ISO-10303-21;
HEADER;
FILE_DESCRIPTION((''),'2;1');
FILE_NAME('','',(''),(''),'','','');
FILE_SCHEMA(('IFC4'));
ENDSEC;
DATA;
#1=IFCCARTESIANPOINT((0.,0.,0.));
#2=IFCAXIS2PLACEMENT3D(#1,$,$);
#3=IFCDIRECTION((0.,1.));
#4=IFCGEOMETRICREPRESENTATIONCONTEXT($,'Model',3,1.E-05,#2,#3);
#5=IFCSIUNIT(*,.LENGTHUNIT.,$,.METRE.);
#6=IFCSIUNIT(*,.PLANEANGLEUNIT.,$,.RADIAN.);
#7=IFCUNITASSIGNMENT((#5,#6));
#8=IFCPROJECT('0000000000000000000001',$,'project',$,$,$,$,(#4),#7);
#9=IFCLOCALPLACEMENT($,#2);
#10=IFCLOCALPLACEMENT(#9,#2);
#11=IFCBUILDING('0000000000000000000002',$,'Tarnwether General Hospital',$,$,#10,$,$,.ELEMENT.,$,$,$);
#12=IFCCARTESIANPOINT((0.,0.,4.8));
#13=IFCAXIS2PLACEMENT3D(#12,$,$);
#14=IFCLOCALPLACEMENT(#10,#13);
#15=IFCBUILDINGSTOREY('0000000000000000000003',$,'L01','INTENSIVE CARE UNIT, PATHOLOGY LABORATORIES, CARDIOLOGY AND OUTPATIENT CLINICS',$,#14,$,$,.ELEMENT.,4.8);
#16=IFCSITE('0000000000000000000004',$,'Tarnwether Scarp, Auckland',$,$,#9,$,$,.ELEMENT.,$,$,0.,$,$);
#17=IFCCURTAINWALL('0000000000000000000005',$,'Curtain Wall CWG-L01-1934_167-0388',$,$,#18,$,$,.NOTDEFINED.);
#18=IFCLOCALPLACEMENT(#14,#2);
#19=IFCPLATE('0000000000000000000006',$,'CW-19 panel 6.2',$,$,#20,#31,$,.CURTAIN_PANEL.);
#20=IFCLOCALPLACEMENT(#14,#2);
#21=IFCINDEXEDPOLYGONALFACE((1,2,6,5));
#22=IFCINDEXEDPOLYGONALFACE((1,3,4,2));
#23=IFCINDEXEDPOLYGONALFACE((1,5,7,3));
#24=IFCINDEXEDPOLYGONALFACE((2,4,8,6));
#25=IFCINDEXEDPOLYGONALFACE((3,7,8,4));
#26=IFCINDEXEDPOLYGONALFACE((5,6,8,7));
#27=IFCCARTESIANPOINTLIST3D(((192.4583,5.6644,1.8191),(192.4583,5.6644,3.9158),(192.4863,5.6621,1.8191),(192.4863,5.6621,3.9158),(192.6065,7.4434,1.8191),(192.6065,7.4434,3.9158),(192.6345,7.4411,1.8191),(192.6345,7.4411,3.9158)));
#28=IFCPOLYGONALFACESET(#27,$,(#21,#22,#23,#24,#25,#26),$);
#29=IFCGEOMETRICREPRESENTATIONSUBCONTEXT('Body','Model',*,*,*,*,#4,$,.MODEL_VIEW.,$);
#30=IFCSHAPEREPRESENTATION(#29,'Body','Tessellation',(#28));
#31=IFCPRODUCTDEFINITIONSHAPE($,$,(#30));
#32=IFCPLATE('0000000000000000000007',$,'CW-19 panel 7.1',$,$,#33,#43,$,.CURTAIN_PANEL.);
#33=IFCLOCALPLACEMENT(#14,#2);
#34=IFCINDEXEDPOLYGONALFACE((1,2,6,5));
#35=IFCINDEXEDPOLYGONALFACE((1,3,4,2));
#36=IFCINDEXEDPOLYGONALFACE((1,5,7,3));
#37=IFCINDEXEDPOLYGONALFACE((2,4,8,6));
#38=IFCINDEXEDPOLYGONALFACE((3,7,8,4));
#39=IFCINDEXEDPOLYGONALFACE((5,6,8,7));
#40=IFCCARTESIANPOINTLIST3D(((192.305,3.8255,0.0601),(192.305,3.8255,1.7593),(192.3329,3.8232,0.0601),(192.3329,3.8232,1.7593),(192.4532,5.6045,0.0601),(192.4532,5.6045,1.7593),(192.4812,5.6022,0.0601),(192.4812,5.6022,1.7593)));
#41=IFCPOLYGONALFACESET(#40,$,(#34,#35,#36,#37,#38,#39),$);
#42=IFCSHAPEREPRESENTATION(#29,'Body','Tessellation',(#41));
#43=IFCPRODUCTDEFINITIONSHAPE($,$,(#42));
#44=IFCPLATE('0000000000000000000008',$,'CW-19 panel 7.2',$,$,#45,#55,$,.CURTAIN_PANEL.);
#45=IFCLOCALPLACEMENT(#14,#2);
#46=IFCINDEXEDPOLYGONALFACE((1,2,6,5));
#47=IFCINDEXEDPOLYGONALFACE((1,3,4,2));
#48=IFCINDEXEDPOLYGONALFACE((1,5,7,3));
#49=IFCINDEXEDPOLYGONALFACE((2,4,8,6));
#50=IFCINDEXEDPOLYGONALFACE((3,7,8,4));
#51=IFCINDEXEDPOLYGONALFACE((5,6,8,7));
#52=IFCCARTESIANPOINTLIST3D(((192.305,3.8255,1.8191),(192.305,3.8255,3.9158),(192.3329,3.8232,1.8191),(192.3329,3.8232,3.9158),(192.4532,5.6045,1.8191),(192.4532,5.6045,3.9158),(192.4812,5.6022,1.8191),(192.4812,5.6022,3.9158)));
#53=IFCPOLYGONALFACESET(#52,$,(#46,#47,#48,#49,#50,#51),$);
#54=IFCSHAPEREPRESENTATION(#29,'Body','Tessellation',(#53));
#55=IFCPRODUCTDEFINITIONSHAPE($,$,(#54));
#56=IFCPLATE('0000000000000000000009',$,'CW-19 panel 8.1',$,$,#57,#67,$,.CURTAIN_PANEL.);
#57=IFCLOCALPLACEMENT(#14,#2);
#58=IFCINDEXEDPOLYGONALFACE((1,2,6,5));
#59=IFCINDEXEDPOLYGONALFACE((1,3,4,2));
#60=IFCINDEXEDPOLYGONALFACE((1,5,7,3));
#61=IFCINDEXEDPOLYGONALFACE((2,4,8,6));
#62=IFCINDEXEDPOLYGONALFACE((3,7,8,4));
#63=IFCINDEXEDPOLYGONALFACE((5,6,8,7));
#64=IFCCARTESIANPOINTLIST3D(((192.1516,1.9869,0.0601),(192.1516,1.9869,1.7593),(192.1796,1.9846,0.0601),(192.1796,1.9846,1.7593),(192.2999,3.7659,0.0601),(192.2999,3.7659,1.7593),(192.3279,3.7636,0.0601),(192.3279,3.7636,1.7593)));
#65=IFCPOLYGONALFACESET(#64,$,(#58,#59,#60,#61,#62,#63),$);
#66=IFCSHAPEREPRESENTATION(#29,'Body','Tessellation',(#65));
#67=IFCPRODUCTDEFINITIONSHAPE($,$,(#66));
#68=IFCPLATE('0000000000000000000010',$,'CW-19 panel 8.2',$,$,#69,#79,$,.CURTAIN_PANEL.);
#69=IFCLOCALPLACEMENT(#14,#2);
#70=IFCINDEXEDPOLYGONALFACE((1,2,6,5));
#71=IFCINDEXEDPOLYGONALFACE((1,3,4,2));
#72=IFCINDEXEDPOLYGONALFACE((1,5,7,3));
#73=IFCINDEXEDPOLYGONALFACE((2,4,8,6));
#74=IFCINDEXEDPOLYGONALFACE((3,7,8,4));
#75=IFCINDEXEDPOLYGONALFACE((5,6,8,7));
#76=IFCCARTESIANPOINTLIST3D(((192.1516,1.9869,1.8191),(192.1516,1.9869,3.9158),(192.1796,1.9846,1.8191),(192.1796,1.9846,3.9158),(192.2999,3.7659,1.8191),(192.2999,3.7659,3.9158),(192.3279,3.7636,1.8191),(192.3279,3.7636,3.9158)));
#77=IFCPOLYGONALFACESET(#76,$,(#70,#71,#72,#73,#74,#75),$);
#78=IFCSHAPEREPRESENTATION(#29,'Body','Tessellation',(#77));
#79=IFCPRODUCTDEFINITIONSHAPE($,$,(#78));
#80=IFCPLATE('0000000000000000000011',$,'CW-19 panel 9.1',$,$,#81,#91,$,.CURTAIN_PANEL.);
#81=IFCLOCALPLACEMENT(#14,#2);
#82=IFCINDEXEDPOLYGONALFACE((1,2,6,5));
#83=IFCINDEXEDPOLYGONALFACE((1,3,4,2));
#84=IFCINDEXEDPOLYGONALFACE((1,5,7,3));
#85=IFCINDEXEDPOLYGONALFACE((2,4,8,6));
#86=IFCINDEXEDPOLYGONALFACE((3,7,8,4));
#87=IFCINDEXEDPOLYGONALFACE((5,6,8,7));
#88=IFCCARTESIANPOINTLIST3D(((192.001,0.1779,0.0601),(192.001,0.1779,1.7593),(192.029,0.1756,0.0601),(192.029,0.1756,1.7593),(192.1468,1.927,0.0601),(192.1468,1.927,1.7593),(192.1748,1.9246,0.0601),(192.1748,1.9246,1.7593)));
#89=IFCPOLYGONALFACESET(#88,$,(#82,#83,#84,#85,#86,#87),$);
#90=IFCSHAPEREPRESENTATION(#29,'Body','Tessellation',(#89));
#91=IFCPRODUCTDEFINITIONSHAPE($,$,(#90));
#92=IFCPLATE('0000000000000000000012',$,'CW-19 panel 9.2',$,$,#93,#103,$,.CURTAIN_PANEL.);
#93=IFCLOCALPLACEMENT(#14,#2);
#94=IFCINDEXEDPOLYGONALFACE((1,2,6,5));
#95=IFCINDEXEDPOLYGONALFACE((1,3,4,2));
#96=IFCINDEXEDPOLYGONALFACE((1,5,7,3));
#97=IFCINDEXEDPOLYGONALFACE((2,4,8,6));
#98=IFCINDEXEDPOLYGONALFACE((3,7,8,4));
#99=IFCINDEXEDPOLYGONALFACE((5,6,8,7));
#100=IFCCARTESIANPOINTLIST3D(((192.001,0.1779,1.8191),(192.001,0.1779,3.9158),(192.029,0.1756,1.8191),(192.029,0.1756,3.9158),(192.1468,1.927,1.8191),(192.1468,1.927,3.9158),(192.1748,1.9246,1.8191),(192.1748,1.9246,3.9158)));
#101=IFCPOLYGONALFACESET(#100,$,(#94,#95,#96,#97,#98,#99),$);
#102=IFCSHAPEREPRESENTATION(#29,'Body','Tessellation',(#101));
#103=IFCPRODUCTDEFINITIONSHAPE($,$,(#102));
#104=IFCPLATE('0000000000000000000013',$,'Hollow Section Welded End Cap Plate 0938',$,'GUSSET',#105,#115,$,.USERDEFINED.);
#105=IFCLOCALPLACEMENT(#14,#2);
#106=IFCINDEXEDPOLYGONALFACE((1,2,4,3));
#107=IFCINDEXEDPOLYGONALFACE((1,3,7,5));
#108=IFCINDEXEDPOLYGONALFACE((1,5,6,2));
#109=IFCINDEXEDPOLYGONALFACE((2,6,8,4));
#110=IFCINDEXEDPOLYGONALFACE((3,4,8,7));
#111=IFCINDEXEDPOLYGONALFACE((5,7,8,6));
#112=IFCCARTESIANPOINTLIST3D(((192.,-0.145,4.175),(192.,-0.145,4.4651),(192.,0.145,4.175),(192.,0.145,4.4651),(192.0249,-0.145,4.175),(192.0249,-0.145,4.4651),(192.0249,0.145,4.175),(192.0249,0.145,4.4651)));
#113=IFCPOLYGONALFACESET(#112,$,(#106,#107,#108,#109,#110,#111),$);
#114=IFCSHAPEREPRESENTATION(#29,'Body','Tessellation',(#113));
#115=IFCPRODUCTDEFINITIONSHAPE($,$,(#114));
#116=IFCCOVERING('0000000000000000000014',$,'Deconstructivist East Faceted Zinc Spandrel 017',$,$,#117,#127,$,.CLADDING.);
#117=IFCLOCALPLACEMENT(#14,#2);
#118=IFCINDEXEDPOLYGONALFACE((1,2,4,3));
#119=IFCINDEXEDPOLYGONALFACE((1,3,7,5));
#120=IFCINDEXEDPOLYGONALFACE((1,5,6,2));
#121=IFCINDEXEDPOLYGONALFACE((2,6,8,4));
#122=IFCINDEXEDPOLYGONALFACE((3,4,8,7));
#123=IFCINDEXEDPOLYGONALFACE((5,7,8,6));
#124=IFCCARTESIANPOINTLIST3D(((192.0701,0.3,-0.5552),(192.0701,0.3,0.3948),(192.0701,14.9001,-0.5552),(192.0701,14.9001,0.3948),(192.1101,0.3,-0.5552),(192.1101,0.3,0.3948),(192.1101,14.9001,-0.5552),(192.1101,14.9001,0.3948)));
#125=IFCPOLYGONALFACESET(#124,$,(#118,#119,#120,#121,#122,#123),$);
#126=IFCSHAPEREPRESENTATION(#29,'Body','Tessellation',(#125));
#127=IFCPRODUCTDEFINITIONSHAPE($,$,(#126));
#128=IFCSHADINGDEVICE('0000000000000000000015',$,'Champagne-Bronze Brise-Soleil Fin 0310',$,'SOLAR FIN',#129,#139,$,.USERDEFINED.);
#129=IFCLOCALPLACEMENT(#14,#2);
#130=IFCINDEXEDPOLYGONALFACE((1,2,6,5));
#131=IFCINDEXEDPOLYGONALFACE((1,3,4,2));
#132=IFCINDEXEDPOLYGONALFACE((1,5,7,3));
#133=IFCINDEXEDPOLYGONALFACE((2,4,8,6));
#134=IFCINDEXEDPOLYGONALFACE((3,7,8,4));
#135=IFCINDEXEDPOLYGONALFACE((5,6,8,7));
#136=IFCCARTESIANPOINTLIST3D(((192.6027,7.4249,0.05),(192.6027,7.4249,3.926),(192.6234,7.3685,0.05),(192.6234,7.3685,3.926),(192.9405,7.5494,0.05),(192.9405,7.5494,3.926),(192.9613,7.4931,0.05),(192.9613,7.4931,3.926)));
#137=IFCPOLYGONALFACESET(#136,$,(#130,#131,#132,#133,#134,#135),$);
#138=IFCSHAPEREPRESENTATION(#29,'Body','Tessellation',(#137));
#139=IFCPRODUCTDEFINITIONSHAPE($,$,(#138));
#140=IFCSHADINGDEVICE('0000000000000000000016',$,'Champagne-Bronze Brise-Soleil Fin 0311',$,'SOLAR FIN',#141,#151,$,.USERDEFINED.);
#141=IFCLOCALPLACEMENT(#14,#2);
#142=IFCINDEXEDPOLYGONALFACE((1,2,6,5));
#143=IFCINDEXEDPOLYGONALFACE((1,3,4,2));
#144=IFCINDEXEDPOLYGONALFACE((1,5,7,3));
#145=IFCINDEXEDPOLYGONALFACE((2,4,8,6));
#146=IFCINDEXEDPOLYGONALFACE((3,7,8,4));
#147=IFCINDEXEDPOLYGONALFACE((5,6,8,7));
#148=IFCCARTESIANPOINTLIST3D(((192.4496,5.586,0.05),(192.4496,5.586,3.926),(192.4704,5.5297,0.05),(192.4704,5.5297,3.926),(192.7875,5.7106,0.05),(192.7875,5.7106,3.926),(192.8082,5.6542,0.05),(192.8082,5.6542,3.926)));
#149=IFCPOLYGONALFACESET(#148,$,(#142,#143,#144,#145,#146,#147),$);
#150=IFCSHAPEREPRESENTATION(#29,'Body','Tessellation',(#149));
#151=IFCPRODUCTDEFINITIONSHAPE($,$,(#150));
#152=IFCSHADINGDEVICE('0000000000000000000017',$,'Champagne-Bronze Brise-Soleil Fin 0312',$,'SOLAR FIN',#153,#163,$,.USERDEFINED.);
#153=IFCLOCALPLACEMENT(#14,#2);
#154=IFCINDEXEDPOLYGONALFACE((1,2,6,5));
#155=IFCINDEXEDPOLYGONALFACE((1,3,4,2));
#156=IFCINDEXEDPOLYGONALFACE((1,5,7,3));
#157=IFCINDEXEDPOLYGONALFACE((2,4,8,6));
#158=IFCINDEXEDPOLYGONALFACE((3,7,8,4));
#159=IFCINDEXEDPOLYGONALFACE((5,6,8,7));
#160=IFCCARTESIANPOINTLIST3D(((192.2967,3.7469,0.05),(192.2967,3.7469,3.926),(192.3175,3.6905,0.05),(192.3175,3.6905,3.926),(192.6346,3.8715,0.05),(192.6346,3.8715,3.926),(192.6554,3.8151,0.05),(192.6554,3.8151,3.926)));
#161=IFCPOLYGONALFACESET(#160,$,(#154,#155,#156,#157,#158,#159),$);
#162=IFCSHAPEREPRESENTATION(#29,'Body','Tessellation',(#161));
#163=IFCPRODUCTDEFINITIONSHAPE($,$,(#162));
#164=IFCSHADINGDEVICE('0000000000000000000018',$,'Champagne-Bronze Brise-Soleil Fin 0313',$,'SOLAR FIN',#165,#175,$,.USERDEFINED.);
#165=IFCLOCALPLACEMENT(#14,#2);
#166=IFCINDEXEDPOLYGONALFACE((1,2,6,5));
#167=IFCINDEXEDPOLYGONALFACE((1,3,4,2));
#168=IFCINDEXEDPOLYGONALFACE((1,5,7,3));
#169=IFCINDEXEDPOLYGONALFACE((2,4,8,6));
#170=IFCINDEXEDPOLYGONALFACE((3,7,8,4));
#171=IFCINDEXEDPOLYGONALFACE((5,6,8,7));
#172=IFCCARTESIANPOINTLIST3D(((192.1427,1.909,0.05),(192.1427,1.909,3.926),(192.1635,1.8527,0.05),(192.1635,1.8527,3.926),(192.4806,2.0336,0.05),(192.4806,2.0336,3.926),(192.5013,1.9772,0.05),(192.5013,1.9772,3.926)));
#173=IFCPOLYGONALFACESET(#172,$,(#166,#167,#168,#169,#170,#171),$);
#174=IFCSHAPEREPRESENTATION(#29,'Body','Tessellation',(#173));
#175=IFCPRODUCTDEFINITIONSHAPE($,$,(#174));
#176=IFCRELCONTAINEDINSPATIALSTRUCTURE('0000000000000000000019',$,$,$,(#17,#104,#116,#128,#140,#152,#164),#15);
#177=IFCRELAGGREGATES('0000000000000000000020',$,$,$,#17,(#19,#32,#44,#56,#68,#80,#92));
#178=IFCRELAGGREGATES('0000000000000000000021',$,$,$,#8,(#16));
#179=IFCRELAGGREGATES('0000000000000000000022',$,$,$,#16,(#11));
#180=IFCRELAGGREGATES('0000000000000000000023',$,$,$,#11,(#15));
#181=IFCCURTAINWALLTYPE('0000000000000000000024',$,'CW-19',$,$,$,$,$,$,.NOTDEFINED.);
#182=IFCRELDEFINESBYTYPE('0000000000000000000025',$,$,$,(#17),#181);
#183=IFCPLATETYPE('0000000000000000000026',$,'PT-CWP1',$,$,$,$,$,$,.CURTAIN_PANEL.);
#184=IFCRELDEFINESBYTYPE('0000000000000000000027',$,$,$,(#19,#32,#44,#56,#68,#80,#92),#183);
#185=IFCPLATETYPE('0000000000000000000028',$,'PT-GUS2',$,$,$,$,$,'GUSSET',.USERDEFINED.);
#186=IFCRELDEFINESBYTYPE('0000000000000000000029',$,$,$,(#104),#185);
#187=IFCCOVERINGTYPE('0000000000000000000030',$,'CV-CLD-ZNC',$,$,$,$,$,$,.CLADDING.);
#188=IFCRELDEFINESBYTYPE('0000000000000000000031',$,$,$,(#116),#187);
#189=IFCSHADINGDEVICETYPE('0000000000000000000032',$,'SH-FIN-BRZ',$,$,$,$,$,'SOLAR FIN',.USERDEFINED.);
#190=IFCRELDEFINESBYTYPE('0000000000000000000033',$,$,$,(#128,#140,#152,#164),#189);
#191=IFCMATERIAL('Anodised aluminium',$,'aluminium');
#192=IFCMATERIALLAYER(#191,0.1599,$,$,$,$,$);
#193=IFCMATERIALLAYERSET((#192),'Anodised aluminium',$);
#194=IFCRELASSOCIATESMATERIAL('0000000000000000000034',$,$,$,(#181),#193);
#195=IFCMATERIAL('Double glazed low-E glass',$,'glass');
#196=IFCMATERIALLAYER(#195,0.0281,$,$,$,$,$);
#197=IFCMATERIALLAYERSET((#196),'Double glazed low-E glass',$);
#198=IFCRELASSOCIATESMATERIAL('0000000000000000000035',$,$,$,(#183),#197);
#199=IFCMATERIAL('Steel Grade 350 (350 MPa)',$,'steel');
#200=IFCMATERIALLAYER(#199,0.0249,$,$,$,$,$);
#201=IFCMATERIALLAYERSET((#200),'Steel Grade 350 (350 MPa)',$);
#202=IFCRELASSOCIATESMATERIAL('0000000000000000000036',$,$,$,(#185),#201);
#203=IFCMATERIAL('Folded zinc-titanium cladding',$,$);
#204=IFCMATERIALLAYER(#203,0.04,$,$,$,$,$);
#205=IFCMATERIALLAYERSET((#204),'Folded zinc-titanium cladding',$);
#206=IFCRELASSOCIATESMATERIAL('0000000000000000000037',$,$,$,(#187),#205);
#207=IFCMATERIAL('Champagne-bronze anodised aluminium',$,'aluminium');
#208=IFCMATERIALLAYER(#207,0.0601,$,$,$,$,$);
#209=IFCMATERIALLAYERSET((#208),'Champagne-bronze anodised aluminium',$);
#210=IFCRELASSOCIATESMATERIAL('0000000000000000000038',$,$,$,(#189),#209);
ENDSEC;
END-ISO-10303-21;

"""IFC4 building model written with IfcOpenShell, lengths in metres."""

from ifc_helpers import new_model, si_unit, direction, frame, origin, origin_2d, place, context, subcontext, project, spatial, rectangle, extrude, material, layer, layer_set, type_object, element, aggregate, save


model = new_model("IFC4")

# Units and contexts
model_context = context("Model", 3, precision=1e-05, world=origin(), true_north=direction((0.0, 1.0)))
body_context = subcontext(model_context, "Body", "Model", "MODEL_VIEW")
ifc_project = project(units=[si_unit("LENGTHUNIT", "METRE"), si_unit("PLANEANGLEUNIT", "RADIAN")], contexts=[model_context])

# Site, building, storey
site_placement = place(None, origin())
site = spatial("IfcSite", under=ifc_project, at=site_placement, Name="Tarnwether Scarp, Auckland", CompositionType="ELEMENT", RefElevation=0.0)
building_placement = place(site_placement, origin())
building = spatial("IfcBuilding", under=site, at=building_placement, Name="Tarnwether General Hospital", CompositionType="ELEMENT")
storey_placement = place(building_placement, frame((0.0, 0.0, 4.8)))
storey = spatial("IfcBuildingStorey", under=building, at=storey_placement, Name="L01", Description="INTENSIVE CARE UNIT, PATHOLOGY LABORATORIES, CARDIOLOGY AND OUTPATIENT CLINICS", CompositionType="ELEMENT", Elevation=4.8)

# Shared definitions
ifc_material_1 = material(Name="Anodised aluminium", Category="aluminium")
ifc_layer_1 = layer(ifc_material_1, 0.1599)
ifc_layer_set_1 = layer_set([ifc_layer_1], Name="Anodised aluminium")
curtain_wall_type = type_object("IfcCurtainWallType", Name="CW-19", PredefinedType="NOTDEFINED", material=ifc_layer_set_1)

# Curtain wall
curtain_wall_1_placement = place(storey_placement, origin())
curtain_wall_1 = element("IfcCurtainWall", 1, at=curtain_wall_1_placement, inside=storey, type_object=curtain_wall_type, Name="Curtain Wall CWG-L01-1934_167-0388", PredefinedType="NOTDEFINED")

# Plates
ifc_material_2 = material(Name="Double glazed low-E glass", Category="glass")
ifc_layer_2 = layer(ifc_material_2, 0.0281)
ifc_layer_set_2 = layer_set([ifc_layer_2], Name="Double glazed low-E glass")
plate_type_1 = type_object("IfcPlateType", Name="PT-CWP1", PredefinedType="CURTAIN_PANEL", material=ifc_layer_set_2)
plate_1_placement = place(storey_placement, frame((192.5464, 6.5527, 1.8191), z_axis=(0.0, 0.0, 1.0), x_axis=(-0.08304, -0.996546, 0.0)))
plate_1 = element("IfcPlate", 2, at=plate_1_placement, type_object=plate_type_1, Name="CW-19 panel 6.2", PredefinedType="CURTAIN_PANEL", context=body_context, shape_type="SweptSolid", body=[
    extrude(rectangle(XDim=1.7852, YDim=0.0281, at=origin_2d()), origin(), (0.0, 0.0, 1.0), 2.0967),
])
plate_2_placement = place(storey_placement, frame((192.3931, 4.7139, 0.0601), z_axis=(0.0, 0.0, 1.0), x_axis=(-0.08304, -0.996546, 0.0)))
plate_2 = element("IfcPlate", 3, at=plate_2_placement, type_object=plate_type_1, Name="CW-19 panel 7.1", PredefinedType="CURTAIN_PANEL", context=body_context, shape_type="SweptSolid", body=[
    extrude(rectangle(XDim=1.7852, YDim=0.0281, at=origin_2d()), origin(), (0.0, 0.0, 1.0), 1.6992),
])
plate_3_placement = place(storey_placement, frame((192.3931, 4.7139, 1.8191), z_axis=(0.0, 0.0, 1.0), x_axis=(-0.08304, -0.996546, 0.0)))
plate_3 = element("IfcPlate", 4, at=plate_3_placement, type_object=plate_type_1, Name="CW-19 panel 7.2", PredefinedType="CURTAIN_PANEL", context=body_context, shape_type="SweptSolid", body=[
    extrude(rectangle(XDim=1.7852, YDim=0.0281, at=origin_2d()), origin(), (0.0, 0.0, 1.0), 2.0967),
])
plate_4_placement = place(storey_placement, frame((192.2397, 2.8752, 0.0601), z_axis=(0.0, 0.0, 1.0), x_axis=(-0.08304, -0.996546, 0.0)))
plate_4 = element("IfcPlate", 5, at=plate_4_placement, type_object=plate_type_1, Name="CW-19 panel 8.1", PredefinedType="CURTAIN_PANEL", context=body_context, shape_type="SweptSolid", body=[
    extrude(rectangle(XDim=1.7852, YDim=0.0281, at=origin_2d()), origin(), (0.0, 0.0, 1.0), 1.6992),
])
plate_5_placement = place(storey_placement, frame((192.2397, 2.8752, 1.8191), z_axis=(0.0, 0.0, 1.0), x_axis=(-0.08304, -0.996546, 0.0)))
plate_5 = element("IfcPlate", 6, at=plate_5_placement, type_object=plate_type_1, Name="CW-19 panel 8.2", PredefinedType="CURTAIN_PANEL", context=body_context, shape_type="SweptSolid", body=[
    extrude(rectangle(XDim=1.7852, YDim=0.0281, at=origin_2d()), origin(), (0.0, 0.0, 1.0), 2.0967),
])
plate_6_placement = place(storey_placement, frame((192.0879, 1.0513, 0.0601), z_axis=(0.0, 0.0, 1.0), x_axis=(-0.08304, -0.996546, 0.0)))
plate_6 = element("IfcPlate", 7, at=plate_6_placement, type_object=plate_type_1, Name="CW-19 panel 9.1", PredefinedType="CURTAIN_PANEL", context=body_context, shape_type="SweptSolid", body=[
    extrude(rectangle(XDim=1.7551, YDim=0.0281, at=origin_2d()), origin(), (0.0, 0.0, 1.0), 1.6992),
])
plate_7_placement = place(storey_placement, frame((192.0879, 1.0513, 1.8191), z_axis=(0.0, 0.0, 1.0), x_axis=(-0.08304, -0.996546, 0.0)))
plate_7 = element("IfcPlate", 8, at=plate_7_placement, type_object=plate_type_1, Name="CW-19 panel 9.2", PredefinedType="CURTAIN_PANEL", context=body_context, shape_type="SweptSolid", body=[
    extrude(rectangle(XDim=1.7551, YDim=0.0281, at=origin_2d()), origin(), (0.0, 0.0, 1.0), 2.0967),
])
aggregate(curtain_wall_1, [plate_1, plate_2, plate_3, plate_4, plate_5, plate_6, plate_7])
ifc_material_3 = material(Name="Steel Grade 350 (350 MPa)", Category="steel")
ifc_layer_3 = layer(ifc_material_3, 0.0249)
ifc_layer_set_3 = layer_set([ifc_layer_3], Name="Steel Grade 350 (350 MPa)")
plate_type_2 = type_object("IfcPlateType", Name="PT-GUS2", ElementType="GUSSET", PredefinedType="USERDEFINED", material=ifc_layer_set_3)
plate_8_placement = place(storey_placement, frame((192.0125, 0.0, 4.175), z_axis=(0.0, 0.0, 1.0), x_axis=(1.0, 0.0, 0.0)))
element("IfcPlate", 9, at=plate_8_placement, inside=storey, type_object=plate_type_2, Name="Hollow Section Welded End Cap Plate 0938", ObjectType="GUSSET", PredefinedType="USERDEFINED", context=body_context, shape_type="SweptSolid", body=[
    extrude(rectangle(XDim=0.0249, YDim=0.29, at=origin_2d()), origin(), (0.0, 0.0, 1.0), 0.29),
])

# Covering
ifc_material_4 = material(Name="Folded zinc-titanium cladding")
ifc_layer_4 = layer(ifc_material_4, 0.04)
ifc_layer_set_4 = layer_set([ifc_layer_4], Name="Folded zinc-titanium cladding")
covering_type = type_object("IfcCoveringType", Name="CV-CLD-ZNC", PredefinedType="CLADDING", material=ifc_layer_set_4)
covering_placement = place(storey_placement, frame((192.0901, 7.6001, -0.5552), z_axis=(0.0, 0.0, 1.0), x_axis=(0.0, 1.0, 0.0)))
element("IfcCovering", 10, at=covering_placement, inside=storey, type_object=covering_type, Name="Deconstructivist East Faceted Zinc Spandrel 017", PredefinedType="CLADDING", context=body_context, shape_type="SweptSolid", body=[
    extrude(rectangle(XDim=14.6001, YDim=0.04, at=origin_2d()), origin(), (0.0, 0.0, 1.0), 0.95),
])

# Shading devices
ifc_material_5 = material(Name="Champagne-bronze anodised aluminium", Category="aluminium")
ifc_layer_5 = layer(ifc_material_5, 0.0601)
ifc_layer_set_5 = layer_set([ifc_layer_5], Name="Champagne-bronze anodised aluminium")
shading_device_type = type_object("IfcShadingDeviceType", Name="SH-FIN-BRZ", ElementType="SOLAR FIN", PredefinedType="USERDEFINED", material=ifc_layer_set_5)
for number, where, z_axis, x_axis, name in (
    (11, (192.782, 7.459, 0.05), (0.0, 0.0, 1.0), (0.345953, -0.938252, 0.0), "Champagne-Bronze Brise-Soleil Fin 0310"),
    (12, (192.6289, 5.6201, 0.05), (0.0, 0.0, 1.0), (0.345953, -0.938252, 0.0), "Champagne-Bronze Brise-Soleil Fin 0311"),
    (13, (192.4761, 3.781, 0.05), (0.0, 0.0, 1.0), (0.345953, -0.938252, 0.0), "Champagne-Bronze Brise-Soleil Fin 0312"),
    (14, (192.322, 1.9431, 0.05), (0.0, 0.0, 1.0), (0.345953, -0.938252, 0.0), "Champagne-Bronze Brise-Soleil Fin 0313"),
):
    element("IfcShadingDevice", number, at=place(storey_placement, frame(where, z_axis=z_axis, x_axis=x_axis)), inside=storey, type_object=shading_device_type, Name=name, ObjectType="SOLAR FIN", PredefinedType="USERDEFINED", context=body_context, shape_type="SweptSolid", body=[
        extrude(rectangle(XDim=0.0601, YDim=0.3601, at=origin_2d()), origin(), (0.0, 0.0, 1.0), 3.876),
    ])

save(model, "model.ifc")
